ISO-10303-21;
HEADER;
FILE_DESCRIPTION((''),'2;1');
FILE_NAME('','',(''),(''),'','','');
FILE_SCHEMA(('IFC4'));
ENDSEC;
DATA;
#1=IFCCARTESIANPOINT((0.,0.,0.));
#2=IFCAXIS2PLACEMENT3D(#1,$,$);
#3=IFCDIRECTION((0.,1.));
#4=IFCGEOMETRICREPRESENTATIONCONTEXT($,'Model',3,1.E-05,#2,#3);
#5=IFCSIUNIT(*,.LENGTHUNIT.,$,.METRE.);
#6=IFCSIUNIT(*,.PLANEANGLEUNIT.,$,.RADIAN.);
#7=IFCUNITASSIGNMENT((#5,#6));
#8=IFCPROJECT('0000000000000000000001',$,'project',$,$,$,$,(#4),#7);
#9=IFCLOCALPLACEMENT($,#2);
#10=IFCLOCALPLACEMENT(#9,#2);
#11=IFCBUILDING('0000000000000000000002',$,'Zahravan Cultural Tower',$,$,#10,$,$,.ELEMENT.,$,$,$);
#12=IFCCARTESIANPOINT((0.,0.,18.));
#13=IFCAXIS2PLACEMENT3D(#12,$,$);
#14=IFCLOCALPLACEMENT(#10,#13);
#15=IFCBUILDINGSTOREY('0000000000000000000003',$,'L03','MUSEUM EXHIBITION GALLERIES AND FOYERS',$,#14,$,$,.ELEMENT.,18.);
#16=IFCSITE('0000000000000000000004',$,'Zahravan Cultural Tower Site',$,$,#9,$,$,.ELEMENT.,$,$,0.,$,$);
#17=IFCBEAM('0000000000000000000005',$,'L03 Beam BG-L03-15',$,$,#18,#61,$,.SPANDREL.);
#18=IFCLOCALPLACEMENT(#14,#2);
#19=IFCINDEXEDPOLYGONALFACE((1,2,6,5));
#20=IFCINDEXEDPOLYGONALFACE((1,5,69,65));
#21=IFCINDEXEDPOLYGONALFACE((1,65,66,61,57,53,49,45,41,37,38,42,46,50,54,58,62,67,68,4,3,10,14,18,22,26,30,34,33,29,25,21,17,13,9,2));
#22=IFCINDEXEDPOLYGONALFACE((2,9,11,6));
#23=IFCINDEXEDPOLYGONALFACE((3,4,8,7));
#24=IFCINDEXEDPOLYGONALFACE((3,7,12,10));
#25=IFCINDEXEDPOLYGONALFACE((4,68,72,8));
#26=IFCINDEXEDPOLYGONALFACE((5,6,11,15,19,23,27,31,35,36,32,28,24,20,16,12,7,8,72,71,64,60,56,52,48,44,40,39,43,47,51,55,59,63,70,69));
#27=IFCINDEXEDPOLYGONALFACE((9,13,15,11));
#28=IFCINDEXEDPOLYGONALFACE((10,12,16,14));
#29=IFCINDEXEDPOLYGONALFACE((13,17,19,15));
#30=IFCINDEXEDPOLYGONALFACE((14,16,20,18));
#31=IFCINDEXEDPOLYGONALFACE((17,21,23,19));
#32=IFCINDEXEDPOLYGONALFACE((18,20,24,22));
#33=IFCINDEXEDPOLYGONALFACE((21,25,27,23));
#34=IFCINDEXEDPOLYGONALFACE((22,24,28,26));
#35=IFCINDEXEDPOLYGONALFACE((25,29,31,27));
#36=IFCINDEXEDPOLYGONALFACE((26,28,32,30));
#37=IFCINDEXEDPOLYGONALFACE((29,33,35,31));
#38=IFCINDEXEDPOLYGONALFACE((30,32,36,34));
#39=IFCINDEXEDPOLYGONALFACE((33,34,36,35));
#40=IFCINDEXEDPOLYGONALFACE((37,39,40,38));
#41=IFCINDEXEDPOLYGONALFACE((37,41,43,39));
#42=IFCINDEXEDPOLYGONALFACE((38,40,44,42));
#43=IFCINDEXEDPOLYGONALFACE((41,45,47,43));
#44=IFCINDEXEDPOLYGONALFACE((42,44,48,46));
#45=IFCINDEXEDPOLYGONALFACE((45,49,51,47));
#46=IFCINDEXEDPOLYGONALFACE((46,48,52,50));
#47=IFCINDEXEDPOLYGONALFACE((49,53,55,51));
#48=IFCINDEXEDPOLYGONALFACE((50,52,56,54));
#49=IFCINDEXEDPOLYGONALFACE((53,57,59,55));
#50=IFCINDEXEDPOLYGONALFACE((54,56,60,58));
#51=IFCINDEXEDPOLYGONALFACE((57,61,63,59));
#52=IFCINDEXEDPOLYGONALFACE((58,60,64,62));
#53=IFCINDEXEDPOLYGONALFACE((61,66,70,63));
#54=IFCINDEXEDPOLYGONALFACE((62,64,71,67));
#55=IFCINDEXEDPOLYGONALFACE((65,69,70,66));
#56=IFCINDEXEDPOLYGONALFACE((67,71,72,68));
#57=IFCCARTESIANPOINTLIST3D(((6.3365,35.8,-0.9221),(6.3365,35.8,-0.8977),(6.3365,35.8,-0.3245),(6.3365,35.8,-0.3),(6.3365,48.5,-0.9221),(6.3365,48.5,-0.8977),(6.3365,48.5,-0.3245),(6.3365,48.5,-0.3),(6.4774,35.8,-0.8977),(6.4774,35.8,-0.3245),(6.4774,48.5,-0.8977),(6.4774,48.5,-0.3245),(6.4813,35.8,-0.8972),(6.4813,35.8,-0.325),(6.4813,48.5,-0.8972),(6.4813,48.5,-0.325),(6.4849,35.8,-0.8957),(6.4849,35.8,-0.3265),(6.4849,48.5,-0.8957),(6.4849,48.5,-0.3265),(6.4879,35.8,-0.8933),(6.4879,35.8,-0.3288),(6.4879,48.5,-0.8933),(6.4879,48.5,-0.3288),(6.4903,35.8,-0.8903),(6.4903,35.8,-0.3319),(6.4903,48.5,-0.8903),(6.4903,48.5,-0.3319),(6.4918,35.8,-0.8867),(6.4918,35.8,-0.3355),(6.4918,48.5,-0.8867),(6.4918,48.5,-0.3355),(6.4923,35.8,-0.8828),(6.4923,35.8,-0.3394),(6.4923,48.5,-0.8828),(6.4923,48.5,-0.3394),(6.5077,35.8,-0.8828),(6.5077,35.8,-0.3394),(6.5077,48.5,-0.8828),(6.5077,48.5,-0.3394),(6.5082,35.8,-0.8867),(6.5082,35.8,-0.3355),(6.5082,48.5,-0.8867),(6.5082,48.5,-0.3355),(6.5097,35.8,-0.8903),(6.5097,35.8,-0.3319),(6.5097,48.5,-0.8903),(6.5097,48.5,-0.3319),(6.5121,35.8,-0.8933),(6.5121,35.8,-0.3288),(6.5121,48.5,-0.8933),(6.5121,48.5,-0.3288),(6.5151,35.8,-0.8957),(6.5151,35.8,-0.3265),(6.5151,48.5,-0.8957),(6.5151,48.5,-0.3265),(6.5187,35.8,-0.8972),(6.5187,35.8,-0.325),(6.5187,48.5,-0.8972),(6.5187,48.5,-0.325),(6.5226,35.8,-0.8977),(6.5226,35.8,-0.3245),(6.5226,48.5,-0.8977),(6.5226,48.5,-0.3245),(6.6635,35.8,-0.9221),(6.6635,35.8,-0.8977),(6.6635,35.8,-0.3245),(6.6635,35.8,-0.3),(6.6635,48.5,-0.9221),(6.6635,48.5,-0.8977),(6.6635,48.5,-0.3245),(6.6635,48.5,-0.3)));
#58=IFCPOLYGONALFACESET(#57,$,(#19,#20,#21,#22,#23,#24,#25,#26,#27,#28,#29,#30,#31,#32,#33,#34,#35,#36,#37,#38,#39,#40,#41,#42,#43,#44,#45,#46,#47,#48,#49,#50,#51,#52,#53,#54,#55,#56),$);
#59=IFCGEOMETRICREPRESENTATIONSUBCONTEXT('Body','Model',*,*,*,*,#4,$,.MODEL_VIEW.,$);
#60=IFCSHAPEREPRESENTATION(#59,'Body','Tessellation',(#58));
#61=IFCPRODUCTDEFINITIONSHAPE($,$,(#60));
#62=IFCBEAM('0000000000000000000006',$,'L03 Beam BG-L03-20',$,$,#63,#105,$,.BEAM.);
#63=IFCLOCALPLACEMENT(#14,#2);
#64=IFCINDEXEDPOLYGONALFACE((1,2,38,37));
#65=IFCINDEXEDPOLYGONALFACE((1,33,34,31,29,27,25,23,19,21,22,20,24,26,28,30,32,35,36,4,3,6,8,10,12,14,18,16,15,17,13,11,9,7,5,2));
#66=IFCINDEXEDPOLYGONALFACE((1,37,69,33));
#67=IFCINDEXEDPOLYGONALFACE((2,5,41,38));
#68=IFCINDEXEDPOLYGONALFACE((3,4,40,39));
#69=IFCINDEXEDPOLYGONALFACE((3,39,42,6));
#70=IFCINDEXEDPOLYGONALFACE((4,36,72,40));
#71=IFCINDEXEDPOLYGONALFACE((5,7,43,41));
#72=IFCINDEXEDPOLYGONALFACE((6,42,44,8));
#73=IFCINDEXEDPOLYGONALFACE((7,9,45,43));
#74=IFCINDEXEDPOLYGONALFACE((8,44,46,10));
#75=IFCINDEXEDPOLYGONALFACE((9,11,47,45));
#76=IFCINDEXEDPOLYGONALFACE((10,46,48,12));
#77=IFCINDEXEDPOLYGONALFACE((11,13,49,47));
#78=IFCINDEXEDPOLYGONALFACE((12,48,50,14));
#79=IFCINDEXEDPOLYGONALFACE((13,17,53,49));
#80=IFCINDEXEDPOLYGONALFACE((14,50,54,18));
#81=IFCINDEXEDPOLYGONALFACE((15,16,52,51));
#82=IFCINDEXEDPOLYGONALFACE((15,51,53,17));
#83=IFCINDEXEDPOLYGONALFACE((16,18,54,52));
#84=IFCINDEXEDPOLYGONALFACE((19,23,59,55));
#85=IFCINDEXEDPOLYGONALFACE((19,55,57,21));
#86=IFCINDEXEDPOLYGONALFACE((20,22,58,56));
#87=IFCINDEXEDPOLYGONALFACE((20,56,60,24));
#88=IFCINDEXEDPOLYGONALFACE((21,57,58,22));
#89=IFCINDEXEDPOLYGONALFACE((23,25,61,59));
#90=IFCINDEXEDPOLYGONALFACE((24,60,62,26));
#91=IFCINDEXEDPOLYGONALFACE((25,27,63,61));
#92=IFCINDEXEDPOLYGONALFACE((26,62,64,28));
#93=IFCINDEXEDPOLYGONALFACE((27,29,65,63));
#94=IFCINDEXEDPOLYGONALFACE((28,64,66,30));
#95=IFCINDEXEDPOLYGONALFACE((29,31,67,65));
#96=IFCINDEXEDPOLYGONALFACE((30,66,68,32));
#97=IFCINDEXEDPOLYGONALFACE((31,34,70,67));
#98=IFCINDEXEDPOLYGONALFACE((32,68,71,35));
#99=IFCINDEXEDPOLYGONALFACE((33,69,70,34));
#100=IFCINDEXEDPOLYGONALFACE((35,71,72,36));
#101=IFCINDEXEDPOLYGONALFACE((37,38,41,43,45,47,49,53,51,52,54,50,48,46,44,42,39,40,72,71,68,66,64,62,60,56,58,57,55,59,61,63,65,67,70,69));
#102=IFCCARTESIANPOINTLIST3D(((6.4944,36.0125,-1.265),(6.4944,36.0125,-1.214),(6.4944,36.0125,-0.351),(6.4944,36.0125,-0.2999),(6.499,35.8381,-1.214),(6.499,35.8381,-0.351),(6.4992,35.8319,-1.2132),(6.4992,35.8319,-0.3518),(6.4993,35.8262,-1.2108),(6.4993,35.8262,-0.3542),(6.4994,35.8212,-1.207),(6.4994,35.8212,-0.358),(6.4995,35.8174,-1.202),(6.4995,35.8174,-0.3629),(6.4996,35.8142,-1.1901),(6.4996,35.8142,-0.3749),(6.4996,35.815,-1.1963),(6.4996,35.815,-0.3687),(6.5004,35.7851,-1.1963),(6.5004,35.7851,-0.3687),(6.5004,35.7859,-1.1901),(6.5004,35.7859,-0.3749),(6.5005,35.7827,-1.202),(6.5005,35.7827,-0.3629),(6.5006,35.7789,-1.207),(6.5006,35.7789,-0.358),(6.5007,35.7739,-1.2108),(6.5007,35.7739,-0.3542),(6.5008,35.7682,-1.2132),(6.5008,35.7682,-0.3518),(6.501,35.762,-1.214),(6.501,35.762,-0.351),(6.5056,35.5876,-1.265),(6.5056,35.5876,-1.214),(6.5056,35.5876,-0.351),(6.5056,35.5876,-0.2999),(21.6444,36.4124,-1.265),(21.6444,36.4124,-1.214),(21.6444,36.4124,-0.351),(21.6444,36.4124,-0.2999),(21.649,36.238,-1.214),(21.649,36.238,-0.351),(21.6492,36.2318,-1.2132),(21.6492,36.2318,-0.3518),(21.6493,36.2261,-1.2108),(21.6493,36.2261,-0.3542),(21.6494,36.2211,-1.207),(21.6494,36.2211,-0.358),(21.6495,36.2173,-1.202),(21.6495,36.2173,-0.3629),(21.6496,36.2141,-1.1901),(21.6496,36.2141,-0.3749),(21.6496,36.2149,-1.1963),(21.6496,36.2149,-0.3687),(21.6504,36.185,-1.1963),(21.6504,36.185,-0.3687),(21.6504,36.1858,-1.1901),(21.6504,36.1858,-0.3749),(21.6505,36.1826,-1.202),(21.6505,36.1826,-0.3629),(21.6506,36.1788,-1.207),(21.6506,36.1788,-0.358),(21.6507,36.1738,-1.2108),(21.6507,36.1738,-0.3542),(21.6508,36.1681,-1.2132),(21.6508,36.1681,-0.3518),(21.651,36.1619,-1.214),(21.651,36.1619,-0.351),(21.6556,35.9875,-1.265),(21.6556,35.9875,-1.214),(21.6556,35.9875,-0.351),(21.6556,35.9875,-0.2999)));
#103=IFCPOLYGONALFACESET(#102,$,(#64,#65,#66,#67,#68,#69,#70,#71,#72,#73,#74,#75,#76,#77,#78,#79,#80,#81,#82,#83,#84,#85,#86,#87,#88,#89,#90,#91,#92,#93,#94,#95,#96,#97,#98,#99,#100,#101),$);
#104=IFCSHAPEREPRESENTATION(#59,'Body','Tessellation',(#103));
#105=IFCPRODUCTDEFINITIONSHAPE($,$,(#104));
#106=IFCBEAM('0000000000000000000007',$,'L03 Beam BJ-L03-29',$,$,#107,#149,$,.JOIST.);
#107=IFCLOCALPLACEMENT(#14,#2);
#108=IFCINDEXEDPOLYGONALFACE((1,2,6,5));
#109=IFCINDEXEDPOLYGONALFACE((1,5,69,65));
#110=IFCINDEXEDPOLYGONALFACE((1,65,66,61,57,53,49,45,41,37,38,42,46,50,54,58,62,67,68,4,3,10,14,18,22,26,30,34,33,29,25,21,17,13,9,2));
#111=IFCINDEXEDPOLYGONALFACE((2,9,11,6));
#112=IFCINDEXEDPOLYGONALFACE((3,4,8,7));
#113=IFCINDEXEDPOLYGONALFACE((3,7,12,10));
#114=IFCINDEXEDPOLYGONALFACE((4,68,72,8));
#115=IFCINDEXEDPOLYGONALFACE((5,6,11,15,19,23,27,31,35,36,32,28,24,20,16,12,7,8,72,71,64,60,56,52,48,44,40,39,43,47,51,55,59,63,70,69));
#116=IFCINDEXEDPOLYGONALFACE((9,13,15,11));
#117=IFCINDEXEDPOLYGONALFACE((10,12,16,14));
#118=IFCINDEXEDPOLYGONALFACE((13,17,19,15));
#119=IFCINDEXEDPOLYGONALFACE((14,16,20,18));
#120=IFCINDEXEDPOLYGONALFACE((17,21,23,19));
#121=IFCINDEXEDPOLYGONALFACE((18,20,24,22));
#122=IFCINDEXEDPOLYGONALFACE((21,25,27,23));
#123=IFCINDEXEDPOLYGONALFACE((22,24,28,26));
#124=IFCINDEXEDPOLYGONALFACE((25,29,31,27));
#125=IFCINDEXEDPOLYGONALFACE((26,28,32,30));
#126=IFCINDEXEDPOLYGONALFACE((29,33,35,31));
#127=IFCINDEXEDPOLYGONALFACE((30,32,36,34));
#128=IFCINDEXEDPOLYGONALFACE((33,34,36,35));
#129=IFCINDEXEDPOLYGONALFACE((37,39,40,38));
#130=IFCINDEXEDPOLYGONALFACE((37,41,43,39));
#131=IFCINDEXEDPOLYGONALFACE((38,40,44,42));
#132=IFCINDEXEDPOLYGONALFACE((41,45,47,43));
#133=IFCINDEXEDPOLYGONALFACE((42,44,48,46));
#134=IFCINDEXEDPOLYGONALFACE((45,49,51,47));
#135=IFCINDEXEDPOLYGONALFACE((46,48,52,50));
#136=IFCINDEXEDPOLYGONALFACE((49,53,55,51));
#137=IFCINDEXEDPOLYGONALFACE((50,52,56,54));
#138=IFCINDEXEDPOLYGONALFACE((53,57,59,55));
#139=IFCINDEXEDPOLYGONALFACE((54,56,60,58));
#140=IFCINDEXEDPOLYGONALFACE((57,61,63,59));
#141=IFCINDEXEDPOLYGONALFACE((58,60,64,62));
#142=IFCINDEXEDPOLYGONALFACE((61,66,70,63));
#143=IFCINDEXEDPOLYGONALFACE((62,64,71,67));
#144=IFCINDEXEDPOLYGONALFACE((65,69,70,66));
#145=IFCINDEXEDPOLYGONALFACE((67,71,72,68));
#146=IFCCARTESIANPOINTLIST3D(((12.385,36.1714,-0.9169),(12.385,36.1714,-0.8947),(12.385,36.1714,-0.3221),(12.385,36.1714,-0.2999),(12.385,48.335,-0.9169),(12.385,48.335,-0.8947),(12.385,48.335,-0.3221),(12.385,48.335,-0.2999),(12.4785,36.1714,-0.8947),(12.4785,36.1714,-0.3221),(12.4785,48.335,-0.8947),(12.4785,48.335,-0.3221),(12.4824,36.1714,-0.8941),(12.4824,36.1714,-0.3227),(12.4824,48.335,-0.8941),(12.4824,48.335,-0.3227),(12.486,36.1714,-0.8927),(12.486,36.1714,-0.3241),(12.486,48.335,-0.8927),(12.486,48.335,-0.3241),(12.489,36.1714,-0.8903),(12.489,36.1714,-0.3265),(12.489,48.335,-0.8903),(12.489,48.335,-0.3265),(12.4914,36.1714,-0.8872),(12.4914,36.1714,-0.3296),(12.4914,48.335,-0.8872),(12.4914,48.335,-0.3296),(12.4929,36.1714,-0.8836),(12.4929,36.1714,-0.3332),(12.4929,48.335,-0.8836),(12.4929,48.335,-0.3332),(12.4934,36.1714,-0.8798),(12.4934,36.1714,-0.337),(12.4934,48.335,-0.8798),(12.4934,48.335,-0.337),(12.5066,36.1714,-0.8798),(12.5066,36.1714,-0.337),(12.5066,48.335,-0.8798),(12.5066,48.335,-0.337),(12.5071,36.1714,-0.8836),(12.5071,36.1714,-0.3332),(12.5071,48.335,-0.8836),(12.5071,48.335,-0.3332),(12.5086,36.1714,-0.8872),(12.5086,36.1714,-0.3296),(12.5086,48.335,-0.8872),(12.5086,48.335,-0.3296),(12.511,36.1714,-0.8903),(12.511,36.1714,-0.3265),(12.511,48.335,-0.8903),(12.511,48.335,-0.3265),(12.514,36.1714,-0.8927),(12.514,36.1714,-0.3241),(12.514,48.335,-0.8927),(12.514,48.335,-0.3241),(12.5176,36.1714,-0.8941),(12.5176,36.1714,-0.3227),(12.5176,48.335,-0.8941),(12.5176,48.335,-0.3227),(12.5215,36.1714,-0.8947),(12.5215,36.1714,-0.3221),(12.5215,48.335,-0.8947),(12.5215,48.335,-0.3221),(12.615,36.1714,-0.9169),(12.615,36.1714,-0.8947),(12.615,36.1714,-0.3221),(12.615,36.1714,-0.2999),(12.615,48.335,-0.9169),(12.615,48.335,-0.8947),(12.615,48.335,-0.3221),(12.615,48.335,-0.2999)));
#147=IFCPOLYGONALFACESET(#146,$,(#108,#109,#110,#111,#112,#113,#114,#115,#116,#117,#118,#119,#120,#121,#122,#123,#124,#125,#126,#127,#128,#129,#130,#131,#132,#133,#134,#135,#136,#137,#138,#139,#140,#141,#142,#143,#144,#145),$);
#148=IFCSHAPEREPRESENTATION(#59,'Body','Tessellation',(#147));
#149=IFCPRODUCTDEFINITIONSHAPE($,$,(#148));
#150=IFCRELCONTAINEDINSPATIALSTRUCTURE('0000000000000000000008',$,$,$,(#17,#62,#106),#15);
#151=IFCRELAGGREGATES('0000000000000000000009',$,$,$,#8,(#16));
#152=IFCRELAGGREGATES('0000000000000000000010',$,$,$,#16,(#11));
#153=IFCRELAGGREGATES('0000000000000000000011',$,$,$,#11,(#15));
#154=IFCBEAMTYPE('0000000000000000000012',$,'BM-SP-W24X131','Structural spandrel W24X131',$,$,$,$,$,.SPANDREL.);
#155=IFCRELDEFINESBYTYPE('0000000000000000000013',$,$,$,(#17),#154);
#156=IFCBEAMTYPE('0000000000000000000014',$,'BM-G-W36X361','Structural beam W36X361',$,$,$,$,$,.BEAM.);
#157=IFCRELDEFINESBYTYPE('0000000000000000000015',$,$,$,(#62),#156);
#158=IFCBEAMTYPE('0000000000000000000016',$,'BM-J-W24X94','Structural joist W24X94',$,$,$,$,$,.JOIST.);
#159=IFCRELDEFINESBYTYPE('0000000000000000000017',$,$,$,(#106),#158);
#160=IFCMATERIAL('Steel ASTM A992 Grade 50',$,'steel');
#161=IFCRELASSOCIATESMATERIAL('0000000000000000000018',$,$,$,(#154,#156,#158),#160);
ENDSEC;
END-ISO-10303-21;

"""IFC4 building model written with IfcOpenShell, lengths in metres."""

from ifc_helpers import new_model, si_unit, direction, frame, origin, origin_2d, place, context, subcontext, project, spatial, i_section, extrude, source, transform, mapped, material, material_profile, profile_set, type_object, element, save


model = new_model("IFC4")

# Units and contexts
model_context = context("Model", 3, precision=1e-05, world=origin(), true_north=direction((0.0, 1.0)))
body_context = subcontext(model_context, "Body", "Model", "MODEL_VIEW")
ifc_project = project(units=[si_unit("LENGTHUNIT", "METRE"), si_unit("PLANEANGLEUNIT", "RADIAN")], contexts=[model_context])

# Site, building, storey
site_placement = place(None, origin())
site = spatial("IfcSite", under=ifc_project, at=site_placement, Name="Zahravan Cultural Tower Site", CompositionType="ELEMENT", RefElevation=0.0)
building_placement = place(site_placement, origin())
building = spatial("IfcBuilding", under=site, at=building_placement, Name="Zahravan Cultural Tower", CompositionType="ELEMENT")
storey_placement = place(building_placement, frame((0.0, 0.0, 18.0)))
storey = spatial("IfcBuildingStorey", under=building, at=storey_placement, Name="L03", Description="MUSEUM EXHIBITION GALLERIES AND FOYERS", CompositionType="ELEMENT", Elevation=18.0)

# Beams
ifc_material_1 = material(Name="Steel ASTM A992 Grade 50", Category="steel")
ifc_material_profile_1 = material_profile(ifc_material_1, i_section(OverallWidth=0.3269, OverallDepth=0.6221, WebThickness=0.0154, FlangeThickness=0.0244, FilletRadius=0.0149, at=origin_2d()), Name="W24X131")
ifc_profile_set_1 = profile_set([ifc_material_profile_1], Name="Steel ASTM A992 Grade 50")
beam_type_1 = type_object("IfcBeamType", Name="BM-SP-W24X131", Description="Structural spandrel W24X131", PredefinedType="SPANDREL", material=ifc_profile_set_1)
shared_shape_1 = source(origin(), body_context, "Body", "SweptSolid", [
    extrude(i_section(OverallWidth=0.3269, OverallDepth=0.6221, WebThickness=0.0154, FlangeThickness=0.0244, FilletRadius=0.0149, at=origin_2d()), origin(), (0.0, 0.0, 1.0), 12.7),
])
beam_1_placement = place(storey_placement, frame((6.5, 35.8, -0.6111), z_axis=(0.0, 1.0, 0.0), x_axis=(-1.0, 0.0, 0.0)))
element("IfcBeam", 1, at=beam_1_placement, inside=storey, type_object=beam_type_1, Name="L03 Beam BG-L03-15", PredefinedType="SPANDREL", context=body_context, shape_type="MappedRepresentation", body=[
    mapped(shared_shape_1, transform((0.0, 0.0, 0.0), x_axis=(1.0, 0.0, 0.0), y_axis=(0.0, 1.0, 0.0), z_axis=(0.0, 0.0, 1.0), scale=1.0)),
])
ifc_material_profile_2 = material_profile(ifc_material_1, i_section(OverallWidth=0.425, OverallDepth=0.9651, WebThickness=0.0283, FlangeThickness=0.051, FilletRadius=0.0239, at=origin_2d()), Name="W36X361")
ifc_profile_set_2 = profile_set([ifc_material_profile_2], Name="Steel ASTM A992 Grade 50")
beam_type_2 = type_object("IfcBeamType", Name="BM-G-W36X361", Description="Structural beam W36X361", PredefinedType="BEAM", material=ifc_profile_set_2)
shared_shape_2 = source(origin(), body_context, "Body", "SweptSolid", [
    extrude(i_section(OverallWidth=0.425, OverallDepth=0.9651, WebThickness=0.0283, FlangeThickness=0.051, FilletRadius=0.0239, at=origin_2d()), origin(), (0.0, 0.0, 1.0), 15.1553),
])
beam_2_placement = place(storey_placement, frame((6.5, 35.8, -0.7825), z_axis=(0.999652, 0.026387, 0.0), x_axis=(-0.026387, 0.999652, 0.0)))
element("IfcBeam", 2, at=beam_2_placement, inside=storey, type_object=beam_type_2, Name="L03 Beam BG-L03-20", PredefinedType="BEAM", context=body_context, shape_type="MappedRepresentation", body=[
    mapped(shared_shape_2, transform((0.0, 0.0, 0.0), x_axis=(1.0, 0.0, 0.0), y_axis=(0.0, 1.0, 0.0), z_axis=(0.0, 0.0, 1.0), scale=1.0)),
])
ifc_material_profile_3 = material_profile(ifc_material_1, i_section(OverallWidth=0.23, OverallDepth=0.6169, WebThickness=0.0132, FlangeThickness=0.0222, FilletRadius=0.0149, at=origin_2d()), Name="W24X94")
ifc_profile_set_3 = profile_set([ifc_material_profile_3], Name="Steel ASTM A992 Grade 50")
beam_type_3 = type_object("IfcBeamType", Name="BM-J-W24X94", Description="Structural joist W24X94", PredefinedType="JOIST", material=ifc_profile_set_3)
shared_shape_3 = source(origin(), body_context, "Body", "SweptSolid", [
    extrude(i_section(OverallWidth=0.23, OverallDepth=0.6169, WebThickness=0.0132, FlangeThickness=0.0222, FilletRadius=0.0149, at=origin_2d()), origin(), (0.0, 0.0, 1.0), 12.1636),
])
beam_3_placement = place(storey_placement, frame((12.5, 36.1714, -0.6084), z_axis=(0.0, 1.0, 0.0), x_axis=(-1.0, 0.0, 0.0)))
element("IfcBeam", 3, at=beam_3_placement, inside=storey, type_object=beam_type_3, Name="L03 Beam BJ-L03-29", PredefinedType="JOIST", context=body_context, shape_type="MappedRepresentation", body=[
    mapped(shared_shape_3, transform((0.0, 0.0, 0.0), x_axis=(1.0, 0.0, 0.0), y_axis=(0.0, 1.0, 0.0), z_axis=(0.0, 0.0, 1.0), scale=1.0)),
])

save(model, "model.ifc")
